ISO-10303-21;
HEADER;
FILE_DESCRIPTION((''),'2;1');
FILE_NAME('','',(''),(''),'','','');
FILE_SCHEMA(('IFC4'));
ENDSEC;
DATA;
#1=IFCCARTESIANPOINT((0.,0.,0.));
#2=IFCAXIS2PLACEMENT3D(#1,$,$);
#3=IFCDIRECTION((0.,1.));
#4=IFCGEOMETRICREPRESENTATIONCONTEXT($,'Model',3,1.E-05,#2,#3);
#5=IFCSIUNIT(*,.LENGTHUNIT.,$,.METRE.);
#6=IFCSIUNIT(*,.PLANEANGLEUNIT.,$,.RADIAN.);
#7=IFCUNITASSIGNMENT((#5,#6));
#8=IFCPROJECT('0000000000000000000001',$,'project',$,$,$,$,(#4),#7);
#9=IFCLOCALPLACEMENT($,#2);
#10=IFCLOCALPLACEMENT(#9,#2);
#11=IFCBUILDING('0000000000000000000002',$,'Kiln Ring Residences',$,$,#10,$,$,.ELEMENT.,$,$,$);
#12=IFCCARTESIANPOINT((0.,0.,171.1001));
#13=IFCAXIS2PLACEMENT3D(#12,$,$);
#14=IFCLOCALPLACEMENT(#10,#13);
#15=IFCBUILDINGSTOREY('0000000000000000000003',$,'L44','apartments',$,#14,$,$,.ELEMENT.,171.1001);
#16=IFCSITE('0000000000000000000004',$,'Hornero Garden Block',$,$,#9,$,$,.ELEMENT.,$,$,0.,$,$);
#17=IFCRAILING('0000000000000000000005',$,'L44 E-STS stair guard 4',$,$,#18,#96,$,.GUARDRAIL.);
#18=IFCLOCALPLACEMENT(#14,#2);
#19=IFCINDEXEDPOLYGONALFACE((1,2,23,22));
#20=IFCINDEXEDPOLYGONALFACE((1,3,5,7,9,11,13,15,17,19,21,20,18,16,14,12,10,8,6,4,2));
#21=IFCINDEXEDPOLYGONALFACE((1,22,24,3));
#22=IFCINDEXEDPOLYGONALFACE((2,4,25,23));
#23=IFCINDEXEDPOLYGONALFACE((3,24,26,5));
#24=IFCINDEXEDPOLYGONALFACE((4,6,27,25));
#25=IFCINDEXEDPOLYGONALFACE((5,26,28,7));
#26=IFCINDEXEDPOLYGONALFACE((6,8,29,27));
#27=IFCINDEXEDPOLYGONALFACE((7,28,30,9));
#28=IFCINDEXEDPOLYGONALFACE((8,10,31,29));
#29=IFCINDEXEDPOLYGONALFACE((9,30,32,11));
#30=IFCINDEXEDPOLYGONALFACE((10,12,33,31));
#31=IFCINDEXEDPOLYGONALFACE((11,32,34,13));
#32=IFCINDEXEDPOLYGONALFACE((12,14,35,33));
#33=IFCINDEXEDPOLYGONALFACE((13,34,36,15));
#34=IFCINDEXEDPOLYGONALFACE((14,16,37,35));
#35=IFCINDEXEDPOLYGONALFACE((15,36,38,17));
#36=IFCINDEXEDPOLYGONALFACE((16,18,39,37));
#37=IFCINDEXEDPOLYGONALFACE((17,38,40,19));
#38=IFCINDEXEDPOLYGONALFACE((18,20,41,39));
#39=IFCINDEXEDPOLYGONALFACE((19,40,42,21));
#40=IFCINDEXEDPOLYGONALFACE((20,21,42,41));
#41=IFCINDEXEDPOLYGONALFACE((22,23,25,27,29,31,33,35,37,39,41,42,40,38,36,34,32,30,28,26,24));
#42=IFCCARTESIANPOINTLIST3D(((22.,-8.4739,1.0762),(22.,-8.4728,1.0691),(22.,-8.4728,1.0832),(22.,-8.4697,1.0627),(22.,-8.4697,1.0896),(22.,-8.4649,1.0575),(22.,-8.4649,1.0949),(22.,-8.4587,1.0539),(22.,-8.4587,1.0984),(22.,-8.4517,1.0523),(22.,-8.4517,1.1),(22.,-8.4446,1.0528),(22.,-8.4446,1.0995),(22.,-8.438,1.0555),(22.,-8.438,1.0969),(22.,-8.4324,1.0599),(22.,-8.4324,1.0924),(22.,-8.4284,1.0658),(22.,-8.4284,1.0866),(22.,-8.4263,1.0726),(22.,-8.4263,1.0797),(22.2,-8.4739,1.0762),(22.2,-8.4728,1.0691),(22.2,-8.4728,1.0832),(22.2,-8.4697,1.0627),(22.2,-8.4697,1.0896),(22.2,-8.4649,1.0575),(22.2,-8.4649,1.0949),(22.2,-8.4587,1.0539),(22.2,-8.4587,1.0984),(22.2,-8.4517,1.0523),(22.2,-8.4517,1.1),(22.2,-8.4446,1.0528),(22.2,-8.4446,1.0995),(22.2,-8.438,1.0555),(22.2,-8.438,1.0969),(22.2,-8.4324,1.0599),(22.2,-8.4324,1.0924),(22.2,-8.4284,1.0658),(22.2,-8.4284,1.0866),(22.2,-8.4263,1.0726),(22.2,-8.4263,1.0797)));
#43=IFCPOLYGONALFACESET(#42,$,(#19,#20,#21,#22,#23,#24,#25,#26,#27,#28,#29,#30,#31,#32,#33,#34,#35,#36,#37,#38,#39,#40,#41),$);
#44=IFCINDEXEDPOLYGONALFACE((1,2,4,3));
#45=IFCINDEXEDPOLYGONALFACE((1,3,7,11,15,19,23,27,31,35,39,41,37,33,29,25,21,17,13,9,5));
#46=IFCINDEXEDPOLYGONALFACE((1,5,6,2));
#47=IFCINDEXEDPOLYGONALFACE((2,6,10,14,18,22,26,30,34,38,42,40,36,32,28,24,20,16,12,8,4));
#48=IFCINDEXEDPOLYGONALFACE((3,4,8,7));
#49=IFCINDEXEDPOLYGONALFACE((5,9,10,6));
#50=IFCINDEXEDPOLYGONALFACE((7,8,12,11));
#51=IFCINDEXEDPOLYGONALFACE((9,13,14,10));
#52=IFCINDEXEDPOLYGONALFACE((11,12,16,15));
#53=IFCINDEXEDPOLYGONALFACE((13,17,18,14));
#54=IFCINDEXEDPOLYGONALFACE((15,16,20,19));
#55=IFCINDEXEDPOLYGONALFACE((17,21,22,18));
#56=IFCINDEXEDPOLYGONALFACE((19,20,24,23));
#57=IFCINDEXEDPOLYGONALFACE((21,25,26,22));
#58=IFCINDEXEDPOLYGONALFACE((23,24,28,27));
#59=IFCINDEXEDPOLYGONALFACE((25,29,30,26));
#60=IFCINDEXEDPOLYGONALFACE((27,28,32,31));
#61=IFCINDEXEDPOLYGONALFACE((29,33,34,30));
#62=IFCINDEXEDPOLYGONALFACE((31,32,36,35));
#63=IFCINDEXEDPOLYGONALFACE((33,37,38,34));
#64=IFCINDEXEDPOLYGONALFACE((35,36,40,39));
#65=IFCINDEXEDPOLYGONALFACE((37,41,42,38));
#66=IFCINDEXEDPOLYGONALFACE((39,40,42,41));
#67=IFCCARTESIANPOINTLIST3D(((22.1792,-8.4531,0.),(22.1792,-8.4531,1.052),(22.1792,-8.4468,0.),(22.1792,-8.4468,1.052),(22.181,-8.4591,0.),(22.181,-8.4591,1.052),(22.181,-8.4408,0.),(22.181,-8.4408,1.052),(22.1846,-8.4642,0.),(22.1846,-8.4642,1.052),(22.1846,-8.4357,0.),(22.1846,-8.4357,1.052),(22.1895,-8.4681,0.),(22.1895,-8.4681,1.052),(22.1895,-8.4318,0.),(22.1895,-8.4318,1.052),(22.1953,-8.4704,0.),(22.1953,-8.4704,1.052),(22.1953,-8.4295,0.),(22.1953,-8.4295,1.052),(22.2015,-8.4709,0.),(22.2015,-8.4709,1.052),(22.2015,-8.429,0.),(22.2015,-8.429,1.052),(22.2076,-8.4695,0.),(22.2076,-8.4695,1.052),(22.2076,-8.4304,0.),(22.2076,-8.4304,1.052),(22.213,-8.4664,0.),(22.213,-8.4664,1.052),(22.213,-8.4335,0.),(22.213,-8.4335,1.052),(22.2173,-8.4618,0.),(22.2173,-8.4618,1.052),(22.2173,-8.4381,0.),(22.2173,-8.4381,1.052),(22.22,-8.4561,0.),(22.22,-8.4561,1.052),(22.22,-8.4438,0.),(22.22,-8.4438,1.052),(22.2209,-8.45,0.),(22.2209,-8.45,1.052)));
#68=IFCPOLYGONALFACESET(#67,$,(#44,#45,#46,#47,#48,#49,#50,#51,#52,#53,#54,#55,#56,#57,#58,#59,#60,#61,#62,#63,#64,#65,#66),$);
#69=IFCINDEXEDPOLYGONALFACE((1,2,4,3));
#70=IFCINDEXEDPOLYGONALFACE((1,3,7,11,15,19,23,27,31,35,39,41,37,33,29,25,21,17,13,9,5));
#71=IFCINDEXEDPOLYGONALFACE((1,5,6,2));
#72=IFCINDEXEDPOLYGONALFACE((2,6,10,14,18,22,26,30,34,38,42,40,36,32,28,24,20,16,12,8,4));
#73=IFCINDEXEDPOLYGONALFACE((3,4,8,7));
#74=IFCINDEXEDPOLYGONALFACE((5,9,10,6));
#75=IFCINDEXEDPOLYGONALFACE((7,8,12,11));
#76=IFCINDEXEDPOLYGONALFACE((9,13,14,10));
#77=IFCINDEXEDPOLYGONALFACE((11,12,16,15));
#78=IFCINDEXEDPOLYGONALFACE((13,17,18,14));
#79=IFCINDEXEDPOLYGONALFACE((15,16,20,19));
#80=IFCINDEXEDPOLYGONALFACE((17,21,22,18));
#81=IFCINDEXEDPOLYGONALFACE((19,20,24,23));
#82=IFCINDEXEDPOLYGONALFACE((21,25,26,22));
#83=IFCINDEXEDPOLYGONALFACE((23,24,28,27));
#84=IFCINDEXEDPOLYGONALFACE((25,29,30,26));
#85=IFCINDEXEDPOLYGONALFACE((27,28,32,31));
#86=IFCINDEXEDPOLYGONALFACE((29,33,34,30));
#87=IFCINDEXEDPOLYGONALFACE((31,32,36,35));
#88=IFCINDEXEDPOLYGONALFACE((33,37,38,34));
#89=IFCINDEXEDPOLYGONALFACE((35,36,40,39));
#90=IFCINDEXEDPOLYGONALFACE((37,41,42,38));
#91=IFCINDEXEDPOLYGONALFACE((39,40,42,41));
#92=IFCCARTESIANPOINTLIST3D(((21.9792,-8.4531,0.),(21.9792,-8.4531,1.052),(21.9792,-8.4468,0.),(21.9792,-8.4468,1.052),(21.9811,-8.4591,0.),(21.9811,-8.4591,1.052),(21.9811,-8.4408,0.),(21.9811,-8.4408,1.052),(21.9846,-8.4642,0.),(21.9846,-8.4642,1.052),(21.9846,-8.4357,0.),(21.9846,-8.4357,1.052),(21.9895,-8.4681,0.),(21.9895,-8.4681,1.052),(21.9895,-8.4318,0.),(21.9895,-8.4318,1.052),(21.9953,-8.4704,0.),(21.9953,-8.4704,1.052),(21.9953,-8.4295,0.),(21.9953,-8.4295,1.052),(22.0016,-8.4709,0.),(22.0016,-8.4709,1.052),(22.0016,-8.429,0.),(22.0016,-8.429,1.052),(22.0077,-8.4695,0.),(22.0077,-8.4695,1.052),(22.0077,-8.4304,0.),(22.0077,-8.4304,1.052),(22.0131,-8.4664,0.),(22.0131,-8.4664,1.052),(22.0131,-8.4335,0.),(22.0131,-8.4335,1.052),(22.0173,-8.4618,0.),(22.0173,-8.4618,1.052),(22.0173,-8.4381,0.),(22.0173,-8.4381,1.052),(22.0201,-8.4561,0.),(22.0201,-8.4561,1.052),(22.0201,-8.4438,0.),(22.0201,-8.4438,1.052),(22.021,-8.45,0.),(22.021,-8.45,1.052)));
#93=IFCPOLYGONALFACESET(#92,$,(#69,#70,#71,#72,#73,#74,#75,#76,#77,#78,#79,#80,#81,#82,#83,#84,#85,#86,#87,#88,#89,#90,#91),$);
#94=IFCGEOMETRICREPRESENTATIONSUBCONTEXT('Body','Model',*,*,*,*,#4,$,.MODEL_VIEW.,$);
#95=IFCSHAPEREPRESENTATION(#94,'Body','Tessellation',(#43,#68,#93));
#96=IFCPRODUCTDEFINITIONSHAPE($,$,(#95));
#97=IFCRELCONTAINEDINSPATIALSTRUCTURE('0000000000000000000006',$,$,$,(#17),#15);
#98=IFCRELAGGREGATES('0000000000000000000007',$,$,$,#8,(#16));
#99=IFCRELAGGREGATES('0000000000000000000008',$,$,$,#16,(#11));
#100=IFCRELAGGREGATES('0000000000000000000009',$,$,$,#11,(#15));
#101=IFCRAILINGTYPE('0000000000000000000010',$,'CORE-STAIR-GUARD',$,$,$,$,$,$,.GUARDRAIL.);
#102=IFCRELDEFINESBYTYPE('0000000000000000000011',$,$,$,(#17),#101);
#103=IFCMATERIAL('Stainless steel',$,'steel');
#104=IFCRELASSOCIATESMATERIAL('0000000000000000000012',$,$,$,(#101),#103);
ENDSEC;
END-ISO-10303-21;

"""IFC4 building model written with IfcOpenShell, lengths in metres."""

from ifc_helpers import new_model, si_unit, direction, frame, origin, origin_2d, place, context, subcontext, project, spatial, circle, extrude, material, type_object, element, save


model = new_model("IFC4")

# Units and contexts
model_context = context("Model", 3, precision=1e-05, world=origin(), true_north=direction((0.0, 1.0)))
body_context = subcontext(model_context, "Body", "Model", "MODEL_VIEW")
ifc_project = project(units=[si_unit("LENGTHUNIT", "METRE"), si_unit("PLANEANGLEUNIT", "RADIAN")], contexts=[model_context])

# Site, building, storey
site_placement = place(None, origin())
site = spatial("IfcSite", under=ifc_project, at=site_placement, Name="Hornero Garden Block", CompositionType="ELEMENT", RefElevation=0.0)
building_placement = place(site_placement, origin())
building = spatial("IfcBuilding", under=site, at=building_placement, Name="Kiln Ring Residences", CompositionType="ELEMENT")
storey_placement = place(building_placement, frame((0.0, 0.0, 171.1001)))
storey = spatial("IfcBuildingStorey", under=building, at=storey_placement, Name="L44", Description="apartments", CompositionType="ELEMENT", Elevation=171.1001)

# Railing
ifc_material_1 = material(Name="Stainless steel", Category="steel")
railing_type_1 = type_object("IfcRailingType", Name="CORE-STAIR-GUARD", PredefinedType="GUARDRAIL", material=ifc_material_1)
railing_1_placement = place(storey_placement, frame((22.2, -8.45, 0.0)))
element("IfcRailing", 1, at=railing_1_placement, inside=storey, type_object=railing_type_1, Name="L44 E-STS stair guard 4", PredefinedType="GUARDRAIL", context=body_context, shape_type="SweptSolid", body=[
    extrude(circle(Radius=0.0239, at=origin_2d()), frame((0.0, 0.0, 1.0762), z_axis=(-1.0, 0.0, 0.0), x_axis=(0.0, -1.0, 0.0)), (0.0, 0.0, 1.0), 0.2),
    extrude(circle(Radius=0.021, at=origin_2d()), origin(), (0.0, 0.0, 1.0), 1.052),
    extrude(circle(Radius=0.021, at=origin_2d()), frame((-0.2, 0.0, 0.0)), (0.0, 0.0, 1.0), 1.052),
])

save(model, "model.ifc")
